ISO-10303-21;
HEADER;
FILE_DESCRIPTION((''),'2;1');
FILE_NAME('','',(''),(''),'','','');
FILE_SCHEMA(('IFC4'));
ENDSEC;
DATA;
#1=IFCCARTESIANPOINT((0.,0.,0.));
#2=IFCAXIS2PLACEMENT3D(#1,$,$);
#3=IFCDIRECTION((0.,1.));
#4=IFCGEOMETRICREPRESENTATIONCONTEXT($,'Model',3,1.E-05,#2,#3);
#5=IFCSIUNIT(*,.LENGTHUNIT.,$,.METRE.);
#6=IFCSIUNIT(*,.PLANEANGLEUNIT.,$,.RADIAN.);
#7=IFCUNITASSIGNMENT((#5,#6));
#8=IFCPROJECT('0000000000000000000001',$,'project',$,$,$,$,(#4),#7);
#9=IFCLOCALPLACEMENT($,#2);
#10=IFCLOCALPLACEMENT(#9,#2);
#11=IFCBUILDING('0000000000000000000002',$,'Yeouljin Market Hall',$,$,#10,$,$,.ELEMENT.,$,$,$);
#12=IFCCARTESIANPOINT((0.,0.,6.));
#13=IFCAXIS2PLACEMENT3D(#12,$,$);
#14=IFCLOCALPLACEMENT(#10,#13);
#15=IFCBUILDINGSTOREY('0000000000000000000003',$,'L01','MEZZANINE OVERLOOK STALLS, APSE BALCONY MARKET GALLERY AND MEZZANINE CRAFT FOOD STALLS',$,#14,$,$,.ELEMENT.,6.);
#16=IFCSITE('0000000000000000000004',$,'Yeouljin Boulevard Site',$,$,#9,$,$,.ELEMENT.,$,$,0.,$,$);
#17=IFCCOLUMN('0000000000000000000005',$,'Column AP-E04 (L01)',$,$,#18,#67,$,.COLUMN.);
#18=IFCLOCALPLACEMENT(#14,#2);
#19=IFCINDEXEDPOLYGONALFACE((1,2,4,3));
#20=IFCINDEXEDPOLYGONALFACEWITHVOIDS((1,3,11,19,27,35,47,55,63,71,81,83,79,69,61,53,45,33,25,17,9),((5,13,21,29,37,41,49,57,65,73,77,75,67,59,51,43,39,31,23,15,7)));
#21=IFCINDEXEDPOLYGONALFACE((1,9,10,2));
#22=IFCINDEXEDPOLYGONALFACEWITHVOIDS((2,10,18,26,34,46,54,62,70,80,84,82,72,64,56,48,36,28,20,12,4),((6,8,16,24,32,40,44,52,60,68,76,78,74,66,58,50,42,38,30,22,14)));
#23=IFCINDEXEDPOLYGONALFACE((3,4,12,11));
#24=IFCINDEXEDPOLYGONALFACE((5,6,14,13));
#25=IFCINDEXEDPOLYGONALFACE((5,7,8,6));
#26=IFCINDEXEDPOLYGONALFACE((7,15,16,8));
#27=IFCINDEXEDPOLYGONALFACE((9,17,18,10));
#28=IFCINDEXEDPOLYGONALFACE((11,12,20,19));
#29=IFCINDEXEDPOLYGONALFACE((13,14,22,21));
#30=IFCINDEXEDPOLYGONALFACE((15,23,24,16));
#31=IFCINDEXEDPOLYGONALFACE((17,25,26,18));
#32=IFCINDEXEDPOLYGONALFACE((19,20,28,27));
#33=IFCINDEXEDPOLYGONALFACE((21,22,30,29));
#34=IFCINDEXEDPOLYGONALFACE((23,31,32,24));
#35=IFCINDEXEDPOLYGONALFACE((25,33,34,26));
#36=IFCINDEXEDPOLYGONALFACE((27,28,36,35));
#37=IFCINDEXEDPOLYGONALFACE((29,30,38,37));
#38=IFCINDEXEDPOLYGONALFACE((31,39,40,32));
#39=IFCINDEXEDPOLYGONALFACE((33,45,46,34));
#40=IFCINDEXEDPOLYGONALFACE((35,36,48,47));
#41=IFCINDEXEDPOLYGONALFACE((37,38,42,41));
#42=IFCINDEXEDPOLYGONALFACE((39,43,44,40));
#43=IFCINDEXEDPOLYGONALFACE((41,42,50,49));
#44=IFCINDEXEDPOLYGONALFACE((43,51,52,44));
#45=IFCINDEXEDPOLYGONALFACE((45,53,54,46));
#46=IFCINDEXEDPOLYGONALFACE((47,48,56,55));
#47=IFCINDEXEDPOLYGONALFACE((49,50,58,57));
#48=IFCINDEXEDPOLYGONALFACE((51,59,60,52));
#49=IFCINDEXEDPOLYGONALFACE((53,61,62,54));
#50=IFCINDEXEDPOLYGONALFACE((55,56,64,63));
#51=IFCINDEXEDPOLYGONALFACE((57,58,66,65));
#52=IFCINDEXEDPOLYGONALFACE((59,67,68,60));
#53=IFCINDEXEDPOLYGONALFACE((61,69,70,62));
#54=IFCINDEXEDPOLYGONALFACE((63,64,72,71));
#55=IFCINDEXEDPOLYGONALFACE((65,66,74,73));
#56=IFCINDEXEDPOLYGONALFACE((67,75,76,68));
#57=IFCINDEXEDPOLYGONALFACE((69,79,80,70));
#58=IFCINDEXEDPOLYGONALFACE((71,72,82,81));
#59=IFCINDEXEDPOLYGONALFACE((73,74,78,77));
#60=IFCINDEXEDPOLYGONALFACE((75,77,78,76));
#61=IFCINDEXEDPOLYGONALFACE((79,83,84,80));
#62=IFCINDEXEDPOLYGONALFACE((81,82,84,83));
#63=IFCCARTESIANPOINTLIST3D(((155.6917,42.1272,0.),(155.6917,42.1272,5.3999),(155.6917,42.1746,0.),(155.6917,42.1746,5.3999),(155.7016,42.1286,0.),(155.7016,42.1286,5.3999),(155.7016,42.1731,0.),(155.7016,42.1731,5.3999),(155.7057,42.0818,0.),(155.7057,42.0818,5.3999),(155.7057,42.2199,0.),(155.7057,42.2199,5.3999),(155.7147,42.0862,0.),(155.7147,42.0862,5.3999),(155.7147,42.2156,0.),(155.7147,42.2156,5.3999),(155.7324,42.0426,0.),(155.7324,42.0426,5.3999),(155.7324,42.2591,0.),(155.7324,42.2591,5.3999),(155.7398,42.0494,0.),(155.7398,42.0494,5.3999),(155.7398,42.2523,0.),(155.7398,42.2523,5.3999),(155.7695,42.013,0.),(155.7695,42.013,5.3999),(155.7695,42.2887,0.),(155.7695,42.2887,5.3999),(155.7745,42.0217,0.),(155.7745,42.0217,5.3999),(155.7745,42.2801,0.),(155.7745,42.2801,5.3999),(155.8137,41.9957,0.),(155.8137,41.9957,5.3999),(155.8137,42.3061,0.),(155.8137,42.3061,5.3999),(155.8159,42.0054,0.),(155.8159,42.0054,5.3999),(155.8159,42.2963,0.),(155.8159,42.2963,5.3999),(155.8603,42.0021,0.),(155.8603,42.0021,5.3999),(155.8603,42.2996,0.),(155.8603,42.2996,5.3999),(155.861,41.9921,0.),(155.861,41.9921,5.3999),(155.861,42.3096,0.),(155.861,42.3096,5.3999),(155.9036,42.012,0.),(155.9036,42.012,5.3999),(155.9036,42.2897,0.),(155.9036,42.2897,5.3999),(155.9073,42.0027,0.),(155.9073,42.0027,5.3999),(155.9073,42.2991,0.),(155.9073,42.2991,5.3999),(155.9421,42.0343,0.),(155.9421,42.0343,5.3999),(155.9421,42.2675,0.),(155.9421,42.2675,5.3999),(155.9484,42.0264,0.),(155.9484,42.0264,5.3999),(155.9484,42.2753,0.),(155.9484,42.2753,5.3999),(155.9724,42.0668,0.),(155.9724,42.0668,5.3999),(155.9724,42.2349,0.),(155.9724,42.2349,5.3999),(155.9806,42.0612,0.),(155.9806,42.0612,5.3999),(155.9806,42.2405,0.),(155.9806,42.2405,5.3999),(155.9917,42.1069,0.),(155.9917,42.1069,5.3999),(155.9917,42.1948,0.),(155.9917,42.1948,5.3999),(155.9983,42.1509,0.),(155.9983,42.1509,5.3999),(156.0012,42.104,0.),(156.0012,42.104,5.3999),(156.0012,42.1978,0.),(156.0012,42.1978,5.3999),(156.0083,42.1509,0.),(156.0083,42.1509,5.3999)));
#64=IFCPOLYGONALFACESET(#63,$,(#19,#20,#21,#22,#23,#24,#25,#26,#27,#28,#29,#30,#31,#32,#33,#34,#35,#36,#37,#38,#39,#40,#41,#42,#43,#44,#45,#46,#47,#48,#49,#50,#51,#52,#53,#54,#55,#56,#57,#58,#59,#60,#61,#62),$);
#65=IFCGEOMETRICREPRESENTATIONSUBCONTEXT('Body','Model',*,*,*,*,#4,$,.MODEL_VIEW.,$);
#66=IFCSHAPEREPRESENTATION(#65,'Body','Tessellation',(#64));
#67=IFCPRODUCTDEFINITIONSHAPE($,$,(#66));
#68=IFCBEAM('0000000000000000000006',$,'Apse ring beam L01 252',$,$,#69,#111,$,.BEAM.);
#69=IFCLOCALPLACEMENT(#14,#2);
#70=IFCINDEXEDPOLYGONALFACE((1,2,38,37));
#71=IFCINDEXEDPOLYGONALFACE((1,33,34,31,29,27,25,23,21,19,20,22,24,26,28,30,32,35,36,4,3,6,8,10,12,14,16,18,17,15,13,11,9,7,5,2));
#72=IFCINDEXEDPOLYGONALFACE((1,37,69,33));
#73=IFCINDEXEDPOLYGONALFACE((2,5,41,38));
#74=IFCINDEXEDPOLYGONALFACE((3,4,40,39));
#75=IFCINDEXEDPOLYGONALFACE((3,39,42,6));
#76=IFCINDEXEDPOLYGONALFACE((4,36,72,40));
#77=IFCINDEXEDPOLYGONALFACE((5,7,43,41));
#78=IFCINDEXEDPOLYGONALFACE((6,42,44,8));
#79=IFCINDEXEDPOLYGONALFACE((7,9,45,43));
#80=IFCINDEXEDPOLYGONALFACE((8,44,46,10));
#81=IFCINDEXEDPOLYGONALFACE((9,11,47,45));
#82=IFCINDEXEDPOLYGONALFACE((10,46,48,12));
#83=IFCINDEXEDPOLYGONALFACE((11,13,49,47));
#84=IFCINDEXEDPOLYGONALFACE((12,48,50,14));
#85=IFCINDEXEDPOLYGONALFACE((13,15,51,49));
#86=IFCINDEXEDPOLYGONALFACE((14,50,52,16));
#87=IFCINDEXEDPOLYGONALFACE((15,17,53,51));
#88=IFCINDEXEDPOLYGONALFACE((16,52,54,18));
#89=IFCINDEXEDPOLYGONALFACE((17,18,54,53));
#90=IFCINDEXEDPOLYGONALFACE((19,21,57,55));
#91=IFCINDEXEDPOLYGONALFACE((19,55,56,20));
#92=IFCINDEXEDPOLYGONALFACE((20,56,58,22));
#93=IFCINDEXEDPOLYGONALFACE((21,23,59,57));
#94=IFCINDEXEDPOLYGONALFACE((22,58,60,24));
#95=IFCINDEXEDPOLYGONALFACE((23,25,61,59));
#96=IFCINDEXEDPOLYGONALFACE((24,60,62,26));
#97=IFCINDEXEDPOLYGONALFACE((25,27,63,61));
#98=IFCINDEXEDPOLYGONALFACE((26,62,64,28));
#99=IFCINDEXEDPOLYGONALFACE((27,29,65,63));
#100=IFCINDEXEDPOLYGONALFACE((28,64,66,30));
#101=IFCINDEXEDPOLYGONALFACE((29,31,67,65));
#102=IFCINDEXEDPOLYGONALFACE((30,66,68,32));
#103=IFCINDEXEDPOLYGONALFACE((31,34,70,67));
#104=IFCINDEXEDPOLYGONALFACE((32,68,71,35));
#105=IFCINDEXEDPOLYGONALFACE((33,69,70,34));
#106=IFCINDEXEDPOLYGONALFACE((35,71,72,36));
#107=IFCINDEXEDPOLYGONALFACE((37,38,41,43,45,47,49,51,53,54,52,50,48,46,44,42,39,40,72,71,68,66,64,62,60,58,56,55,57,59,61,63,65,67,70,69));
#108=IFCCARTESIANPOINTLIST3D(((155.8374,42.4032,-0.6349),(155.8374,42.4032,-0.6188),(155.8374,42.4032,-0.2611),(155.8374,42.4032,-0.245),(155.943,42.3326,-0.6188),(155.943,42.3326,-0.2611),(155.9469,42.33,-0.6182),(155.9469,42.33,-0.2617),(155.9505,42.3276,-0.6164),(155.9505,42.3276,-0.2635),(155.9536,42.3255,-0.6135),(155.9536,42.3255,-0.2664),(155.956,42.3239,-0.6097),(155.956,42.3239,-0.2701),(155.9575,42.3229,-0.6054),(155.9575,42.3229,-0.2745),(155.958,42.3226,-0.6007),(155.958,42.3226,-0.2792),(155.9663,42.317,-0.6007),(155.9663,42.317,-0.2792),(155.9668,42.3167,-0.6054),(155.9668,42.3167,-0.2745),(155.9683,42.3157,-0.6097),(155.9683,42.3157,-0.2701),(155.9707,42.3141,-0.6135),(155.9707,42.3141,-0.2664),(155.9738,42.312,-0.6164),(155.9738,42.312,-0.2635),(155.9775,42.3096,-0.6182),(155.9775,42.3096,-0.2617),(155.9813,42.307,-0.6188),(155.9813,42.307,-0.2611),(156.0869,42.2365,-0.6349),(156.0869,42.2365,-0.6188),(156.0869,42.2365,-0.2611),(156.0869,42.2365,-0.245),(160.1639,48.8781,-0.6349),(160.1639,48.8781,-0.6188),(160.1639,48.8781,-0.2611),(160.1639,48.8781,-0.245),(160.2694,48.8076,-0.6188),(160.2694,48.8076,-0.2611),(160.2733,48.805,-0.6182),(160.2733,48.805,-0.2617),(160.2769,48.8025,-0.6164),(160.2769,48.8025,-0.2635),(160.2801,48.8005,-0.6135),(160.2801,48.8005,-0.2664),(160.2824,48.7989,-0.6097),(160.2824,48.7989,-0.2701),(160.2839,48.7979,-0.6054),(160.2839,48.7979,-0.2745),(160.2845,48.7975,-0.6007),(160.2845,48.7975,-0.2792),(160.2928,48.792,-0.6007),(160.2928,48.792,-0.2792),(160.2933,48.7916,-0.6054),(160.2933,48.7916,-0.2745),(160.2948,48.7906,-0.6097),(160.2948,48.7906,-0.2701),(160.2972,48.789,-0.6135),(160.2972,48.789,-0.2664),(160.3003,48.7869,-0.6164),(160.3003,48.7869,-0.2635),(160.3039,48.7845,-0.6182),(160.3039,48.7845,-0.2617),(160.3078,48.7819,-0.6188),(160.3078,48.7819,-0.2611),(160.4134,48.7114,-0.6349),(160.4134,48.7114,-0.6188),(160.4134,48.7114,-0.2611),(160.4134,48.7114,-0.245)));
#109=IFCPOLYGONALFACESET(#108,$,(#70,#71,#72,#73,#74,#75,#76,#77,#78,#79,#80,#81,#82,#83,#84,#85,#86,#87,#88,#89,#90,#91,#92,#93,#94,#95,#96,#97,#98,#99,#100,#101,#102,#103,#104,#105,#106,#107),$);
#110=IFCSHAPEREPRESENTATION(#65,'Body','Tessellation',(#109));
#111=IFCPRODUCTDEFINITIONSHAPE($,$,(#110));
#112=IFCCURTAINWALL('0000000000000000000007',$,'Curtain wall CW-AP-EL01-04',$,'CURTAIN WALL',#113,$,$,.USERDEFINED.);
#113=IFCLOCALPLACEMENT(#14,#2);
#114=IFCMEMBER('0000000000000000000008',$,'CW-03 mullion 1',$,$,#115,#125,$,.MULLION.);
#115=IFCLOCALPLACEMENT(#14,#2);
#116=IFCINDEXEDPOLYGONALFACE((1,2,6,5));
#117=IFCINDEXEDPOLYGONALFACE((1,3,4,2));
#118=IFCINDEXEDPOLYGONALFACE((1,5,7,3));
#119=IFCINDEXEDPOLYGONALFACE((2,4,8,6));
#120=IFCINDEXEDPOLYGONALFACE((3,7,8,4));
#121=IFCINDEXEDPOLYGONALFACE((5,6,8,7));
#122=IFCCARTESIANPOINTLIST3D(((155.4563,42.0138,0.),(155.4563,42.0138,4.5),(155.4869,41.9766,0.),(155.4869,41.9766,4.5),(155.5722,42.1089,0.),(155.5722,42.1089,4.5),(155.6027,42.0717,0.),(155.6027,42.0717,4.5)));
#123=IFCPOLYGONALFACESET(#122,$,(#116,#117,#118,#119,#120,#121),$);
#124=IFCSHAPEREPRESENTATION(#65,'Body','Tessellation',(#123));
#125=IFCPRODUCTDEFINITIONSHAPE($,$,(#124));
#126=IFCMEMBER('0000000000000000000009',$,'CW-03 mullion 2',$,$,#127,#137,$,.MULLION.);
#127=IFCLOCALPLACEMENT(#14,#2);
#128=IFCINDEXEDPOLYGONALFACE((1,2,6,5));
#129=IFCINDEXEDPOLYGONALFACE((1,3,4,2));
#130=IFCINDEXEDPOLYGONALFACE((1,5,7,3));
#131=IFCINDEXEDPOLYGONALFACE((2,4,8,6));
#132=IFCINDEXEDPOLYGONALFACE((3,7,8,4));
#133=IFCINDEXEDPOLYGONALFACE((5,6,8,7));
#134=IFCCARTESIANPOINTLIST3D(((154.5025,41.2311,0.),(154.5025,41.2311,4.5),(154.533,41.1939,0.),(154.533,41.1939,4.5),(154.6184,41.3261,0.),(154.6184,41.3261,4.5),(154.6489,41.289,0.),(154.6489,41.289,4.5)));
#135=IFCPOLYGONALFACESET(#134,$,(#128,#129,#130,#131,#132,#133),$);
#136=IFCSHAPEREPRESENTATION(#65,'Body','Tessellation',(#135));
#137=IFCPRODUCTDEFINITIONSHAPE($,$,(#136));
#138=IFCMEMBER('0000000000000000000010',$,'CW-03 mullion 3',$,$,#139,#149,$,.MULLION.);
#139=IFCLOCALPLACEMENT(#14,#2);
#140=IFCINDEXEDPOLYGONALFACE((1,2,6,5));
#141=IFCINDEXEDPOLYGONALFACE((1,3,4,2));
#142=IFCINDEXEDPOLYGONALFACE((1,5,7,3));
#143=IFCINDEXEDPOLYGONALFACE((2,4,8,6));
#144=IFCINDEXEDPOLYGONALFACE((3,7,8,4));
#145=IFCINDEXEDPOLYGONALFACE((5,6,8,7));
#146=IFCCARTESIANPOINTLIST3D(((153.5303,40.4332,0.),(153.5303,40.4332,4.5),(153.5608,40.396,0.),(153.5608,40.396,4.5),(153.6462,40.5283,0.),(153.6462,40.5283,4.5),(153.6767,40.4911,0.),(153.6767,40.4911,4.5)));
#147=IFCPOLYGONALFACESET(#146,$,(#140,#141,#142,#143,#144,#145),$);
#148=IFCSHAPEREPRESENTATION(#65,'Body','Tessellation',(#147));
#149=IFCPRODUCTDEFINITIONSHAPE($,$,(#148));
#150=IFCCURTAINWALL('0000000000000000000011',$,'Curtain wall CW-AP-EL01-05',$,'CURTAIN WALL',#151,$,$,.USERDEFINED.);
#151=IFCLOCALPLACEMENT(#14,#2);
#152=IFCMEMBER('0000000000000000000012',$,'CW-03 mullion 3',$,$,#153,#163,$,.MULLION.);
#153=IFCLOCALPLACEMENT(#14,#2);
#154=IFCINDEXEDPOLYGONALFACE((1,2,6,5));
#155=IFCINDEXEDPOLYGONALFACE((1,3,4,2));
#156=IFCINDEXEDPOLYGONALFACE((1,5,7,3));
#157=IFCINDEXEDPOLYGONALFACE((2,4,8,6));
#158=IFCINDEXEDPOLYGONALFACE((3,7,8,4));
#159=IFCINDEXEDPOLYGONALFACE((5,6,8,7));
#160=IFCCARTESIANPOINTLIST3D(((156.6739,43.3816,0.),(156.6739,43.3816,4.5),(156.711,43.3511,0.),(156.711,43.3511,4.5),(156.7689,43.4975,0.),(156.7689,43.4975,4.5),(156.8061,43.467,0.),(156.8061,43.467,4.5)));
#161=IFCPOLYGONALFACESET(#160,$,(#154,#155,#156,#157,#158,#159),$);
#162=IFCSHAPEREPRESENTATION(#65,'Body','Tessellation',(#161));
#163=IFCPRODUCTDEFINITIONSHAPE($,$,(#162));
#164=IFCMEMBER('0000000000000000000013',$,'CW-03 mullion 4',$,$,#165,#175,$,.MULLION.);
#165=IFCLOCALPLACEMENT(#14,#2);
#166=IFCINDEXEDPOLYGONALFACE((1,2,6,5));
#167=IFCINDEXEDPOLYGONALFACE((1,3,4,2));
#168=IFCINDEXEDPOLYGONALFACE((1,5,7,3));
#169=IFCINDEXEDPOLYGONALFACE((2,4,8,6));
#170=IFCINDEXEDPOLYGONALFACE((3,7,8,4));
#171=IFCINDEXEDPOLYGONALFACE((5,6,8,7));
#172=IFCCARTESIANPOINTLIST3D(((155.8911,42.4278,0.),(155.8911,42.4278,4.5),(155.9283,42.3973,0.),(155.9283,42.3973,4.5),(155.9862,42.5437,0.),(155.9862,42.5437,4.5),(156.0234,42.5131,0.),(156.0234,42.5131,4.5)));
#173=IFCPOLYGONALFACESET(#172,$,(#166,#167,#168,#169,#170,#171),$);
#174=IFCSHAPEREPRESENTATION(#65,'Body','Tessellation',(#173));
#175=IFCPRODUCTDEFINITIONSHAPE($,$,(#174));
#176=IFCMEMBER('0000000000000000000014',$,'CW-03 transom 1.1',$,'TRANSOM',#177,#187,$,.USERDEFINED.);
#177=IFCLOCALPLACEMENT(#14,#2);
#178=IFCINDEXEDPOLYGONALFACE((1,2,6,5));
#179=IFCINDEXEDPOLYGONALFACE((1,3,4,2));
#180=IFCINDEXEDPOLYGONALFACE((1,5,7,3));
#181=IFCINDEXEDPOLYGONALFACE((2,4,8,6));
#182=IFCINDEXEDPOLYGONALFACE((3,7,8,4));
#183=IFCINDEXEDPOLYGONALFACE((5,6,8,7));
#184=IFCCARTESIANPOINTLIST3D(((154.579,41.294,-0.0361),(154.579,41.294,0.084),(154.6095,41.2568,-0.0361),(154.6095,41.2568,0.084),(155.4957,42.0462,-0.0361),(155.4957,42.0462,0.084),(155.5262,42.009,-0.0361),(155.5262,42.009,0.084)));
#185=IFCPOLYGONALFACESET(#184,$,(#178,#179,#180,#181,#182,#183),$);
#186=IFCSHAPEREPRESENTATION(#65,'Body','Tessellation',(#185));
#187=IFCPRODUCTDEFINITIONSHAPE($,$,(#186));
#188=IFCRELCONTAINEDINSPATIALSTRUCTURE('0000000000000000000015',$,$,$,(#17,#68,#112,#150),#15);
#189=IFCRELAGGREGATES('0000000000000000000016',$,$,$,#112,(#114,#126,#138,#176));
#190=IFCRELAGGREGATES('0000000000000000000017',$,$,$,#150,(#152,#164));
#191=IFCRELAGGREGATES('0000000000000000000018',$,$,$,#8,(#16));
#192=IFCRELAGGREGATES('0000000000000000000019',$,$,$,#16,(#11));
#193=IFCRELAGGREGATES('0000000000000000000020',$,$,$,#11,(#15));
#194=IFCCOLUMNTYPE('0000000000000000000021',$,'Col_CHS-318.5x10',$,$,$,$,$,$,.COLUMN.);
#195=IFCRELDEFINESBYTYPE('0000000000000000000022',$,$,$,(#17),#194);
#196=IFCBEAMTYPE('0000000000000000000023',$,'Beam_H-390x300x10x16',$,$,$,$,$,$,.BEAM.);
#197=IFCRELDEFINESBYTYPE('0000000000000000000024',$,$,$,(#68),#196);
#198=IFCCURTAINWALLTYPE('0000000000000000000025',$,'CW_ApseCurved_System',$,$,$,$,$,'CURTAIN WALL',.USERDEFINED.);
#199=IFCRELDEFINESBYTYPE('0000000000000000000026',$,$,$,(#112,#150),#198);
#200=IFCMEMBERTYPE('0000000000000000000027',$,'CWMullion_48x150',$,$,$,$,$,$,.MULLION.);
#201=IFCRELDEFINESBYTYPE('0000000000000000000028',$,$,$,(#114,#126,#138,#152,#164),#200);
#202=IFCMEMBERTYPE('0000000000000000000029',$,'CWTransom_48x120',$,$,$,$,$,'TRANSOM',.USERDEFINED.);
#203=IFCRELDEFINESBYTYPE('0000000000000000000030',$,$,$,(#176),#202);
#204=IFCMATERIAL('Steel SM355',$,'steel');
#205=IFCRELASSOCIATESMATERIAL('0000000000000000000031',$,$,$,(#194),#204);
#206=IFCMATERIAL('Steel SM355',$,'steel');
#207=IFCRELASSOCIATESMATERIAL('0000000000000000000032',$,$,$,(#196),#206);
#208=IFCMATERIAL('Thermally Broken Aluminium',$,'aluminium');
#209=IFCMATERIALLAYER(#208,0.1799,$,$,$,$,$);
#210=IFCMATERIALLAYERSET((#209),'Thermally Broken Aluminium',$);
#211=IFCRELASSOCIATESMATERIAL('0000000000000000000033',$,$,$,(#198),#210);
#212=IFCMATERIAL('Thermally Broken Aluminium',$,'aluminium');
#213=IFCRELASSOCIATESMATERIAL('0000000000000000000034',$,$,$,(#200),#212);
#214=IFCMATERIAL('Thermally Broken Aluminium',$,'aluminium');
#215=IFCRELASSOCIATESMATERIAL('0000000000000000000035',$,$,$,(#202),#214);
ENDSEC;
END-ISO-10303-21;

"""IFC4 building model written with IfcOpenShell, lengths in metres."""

from ifc_helpers import new_model, si_unit, direction, frame, origin, origin_2d, place, context, subcontext, project, spatial, rectangle, hollow_circle, i_section, extrude, material, layer, layer_set, material_profile, profile_set, type_object, element, aggregate, save


model = new_model("IFC4")

# Units and contexts
model_context = context("Model", 3, precision=1e-05, world=origin(), true_north=direction((0.0, 1.0)))
body_context = subcontext(model_context, "Body", "Model", "MODEL_VIEW")
ifc_project = project(units=[si_unit("LENGTHUNIT", "METRE"), si_unit("PLANEANGLEUNIT", "RADIAN")], contexts=[model_context])

# Site, building, storey
site_placement = place(None, origin())
site = spatial("IfcSite", under=ifc_project, at=site_placement, Name="Yeouljin Boulevard Site", CompositionType="ELEMENT", RefElevation=0.0)
building_placement = place(site_placement, origin())
building = spatial("IfcBuilding", under=site, at=building_placement, Name="Yeouljin Market Hall", CompositionType="ELEMENT")
storey_placement = place(building_placement, frame((0.0, 0.0, 6.0)))
storey = spatial("IfcBuildingStorey", under=building, at=storey_placement, Name="L01", Description="MEZZANINE OVERLOOK STALLS, APSE BALCONY MARKET GALLERY AND MEZZANINE CRAFT FOOD STALLS", CompositionType="ELEMENT", Elevation=6.0)

# Column
ifc_material_1 = material(Name="Steel SM355", Category="steel")
ifc_material_profile_1 = material_profile(ifc_material_1, hollow_circle(Radius=0.1592, WallThickness=0.01, at=origin_2d()), Name="CHS-318.5x10")
ifc_profile_set_1 = profile_set([ifc_material_profile_1], Name="Steel SM355")
column_type = type_object("IfcColumnType", Name="Col_CHS-318.5x10", PredefinedType="COLUMN", material=ifc_profile_set_1)
column_placement = place(storey_placement, frame((155.8491, 42.1509, 0.0), z_axis=(0.0, 0.0, 1.0), x_axis=(1.0, 0.0, 0.0)))
element("IfcColumn", 1, at=column_placement, inside=storey, type_object=column_type, Name="Column AP-E04 (L01)", PredefinedType="COLUMN", context=body_context, shape_type="SweptSolid", body=[
    extrude(hollow_circle(Radius=0.1592, WallThickness=0.01, at=origin_2d()), origin(), (0.0, 0.0, 1.0), 5.3999),
])

# Beam
ifc_material_2 = material(Name="Steel SM355", Category="steel")
ifc_material_profile_2 = material_profile(ifc_material_2, i_section(OverallWidth=0.3, OverallDepth=0.3899, WebThickness=0.01, FlangeThickness=0.0161, FilletRadius=0.0181, at=origin_2d()), Name="H-390x300x10x16")
ifc_profile_set_2 = profile_set([ifc_material_profile_2], Name="Steel SM355")
beam_type = type_object("IfcBeamType", Name="Beam_H-390x300x10x16", PredefinedType="BEAM", material=ifc_profile_set_2)
beam_placement = place(storey_placement, frame((155.9622, 42.3198, -0.4399), z_axis=(0.555575, 0.831466, 0.0), x_axis=(-0.831466, 0.555575, 0.0)))
element("IfcBeam", 2, at=beam_placement, inside=storey, type_object=beam_type, Name="Apse ring beam L01 252", PredefinedType="BEAM", context=body_context, shape_type="SweptSolid", body=[
    extrude(i_section(OverallWidth=0.3, OverallDepth=0.3899, WebThickness=0.01, FlangeThickness=0.0161, FilletRadius=0.0181, at=origin_2d()), origin(), (0.0, 0.0, 1.0), 7.7874),
])

# Curtain walls, members
ifc_material_3 = material(Name="Thermally Broken Aluminium", Category="aluminium")
ifc_layer_1 = layer(ifc_material_3, 0.1799)
ifc_layer_set_1 = layer_set([ifc_layer_1], Name="Thermally Broken Aluminium")
curtain_wall_type = type_object("IfcCurtainWallType", Name="CW_ApseCurved_System", ElementType="CURTAIN WALL", PredefinedType="USERDEFINED", material=ifc_layer_set_1)
curtain_wall_1_placement = place(storey_placement, origin())
curtain_wall_1 = element("IfcCurtainWall", 3, at=curtain_wall_1_placement, inside=storey, type_object=curtain_wall_type, Name="Curtain wall CW-AP-EL01-04", ObjectType="CURTAIN WALL", PredefinedType="USERDEFINED")
ifc_material_4 = material(Name="Thermally Broken Aluminium", Category="aluminium")
ifc_material_profile_3 = material_profile(ifc_material_4, rectangle(XDim=0.0481, YDim=0.1499, at=origin_2d()), Name="CW-MULL-48x150")
ifc_profile_set_3 = profile_set([ifc_material_profile_3], Name="Thermally Broken Aluminium")
member_type_1 = type_object("IfcMemberType", Name="CWMullion_48x150", PredefinedType="MULLION", material=ifc_profile_set_3)
member_1_placement = place(storey_placement, frame((155.5295, 42.0427, 0.0), z_axis=(0.0, 0.0, 1.0), x_axis=(0.634384, -0.773018, 0.0)))
member_1 = element("IfcMember", 4, at=member_1_placement, type_object=member_type_1, Name="CW-03 mullion 1", PredefinedType="MULLION", context=body_context, shape_type="SweptSolid", body=[
    extrude(rectangle(XDim=0.0481, YDim=0.1499, at=origin_2d()), origin(), (0.0, 0.0, 1.0), 4.5),
])
member_2_placement = place(storey_placement, frame((154.5757, 41.26, 0.0), z_axis=(0.0, 0.0, 1.0), x_axis=(0.634384, -0.773018, 0.0)))
member_2 = element("IfcMember", 5, at=member_2_placement, type_object=member_type_1, Name="CW-03 mullion 2", PredefinedType="MULLION", context=body_context, shape_type="SweptSolid", body=[
    extrude(rectangle(XDim=0.0481, YDim=0.1499, at=origin_2d()), origin(), (0.0, 0.0, 1.0), 4.5),
])
member_3_placement = place(storey_placement, frame((153.6035, 40.4622, 0.0), z_axis=(0.0, 0.0, 1.0), x_axis=(0.634384, -0.773018, 0.0)))
member_3 = element("IfcMember", 6, at=member_3_placement, type_object=member_type_1, Name="CW-03 mullion 3", PredefinedType="MULLION", context=body_context, shape_type="SweptSolid", body=[
    extrude(rectangle(XDim=0.0481, YDim=0.1499, at=origin_2d()), origin(), (0.0, 0.0, 1.0), 4.5),
])
curtain_wall_2_placement = place(storey_placement, origin())
curtain_wall_2 = element("IfcCurtainWall", 7, at=curtain_wall_2_placement, inside=storey, type_object=curtain_wall_type, Name="Curtain wall CW-AP-EL01-05", ObjectType="CURTAIN WALL", PredefinedType="USERDEFINED")
member_4_placement = place(storey_placement, frame((156.74, 43.4243, 0.0), z_axis=(0.0, 0.0, 1.0), x_axis=(0.773018, -0.634384, 0.0)))
member_4 = element("IfcMember", 8, at=member_4_placement, type_object=member_type_1, Name="CW-03 mullion 3", PredefinedType="MULLION", context=body_context, shape_type="SweptSolid", body=[
    extrude(rectangle(XDim=0.0481, YDim=0.1499, at=origin_2d()), origin(), (0.0, 0.0, 1.0), 4.5),
])
member_5_placement = place(storey_placement, frame((155.9573, 42.4705, 0.0), z_axis=(0.0, 0.0, 1.0), x_axis=(0.773018, -0.634384, 0.0)))
member_5 = element("IfcMember", 9, at=member_5_placement, type_object=member_type_1, Name="CW-03 mullion 4", PredefinedType="MULLION", context=body_context, shape_type="SweptSolid", body=[
    extrude(rectangle(XDim=0.0481, YDim=0.1499, at=origin_2d()), origin(), (0.0, 0.0, 1.0), 4.5),
])

# Member
ifc_material_5 = material(Name="Thermally Broken Aluminium", Category="aluminium")
ifc_material_profile_4 = material_profile(ifc_material_5, rectangle(XDim=0.0481, YDim=0.1201, at=origin_2d()), Name="CW-TRAN-48x120")
ifc_profile_set_4 = profile_set([ifc_material_profile_4], Name="Thermally Broken Aluminium")
member_type_2 = type_object("IfcMemberType", Name="CWTransom_48x120", ElementType="TRANSOM", PredefinedType="USERDEFINED", material=ifc_profile_set_4)
member_6_placement = place(storey_placement, frame((155.511, 42.0276, 0.0239), z_axis=(-0.773076, -0.634313, 0.0), x_axis=(0.634313, -0.773076, 0.0)))
member_6 = element("IfcMember", 10, at=member_6_placement, type_object=member_type_2, Name="CW-03 transom 1.1", ObjectType="TRANSOM", PredefinedType="USERDEFINED", context=body_context, shape_type="SweptSolid", body=[
    extrude(rectangle(XDim=0.0481, YDim=0.1201, at=origin_2d()), origin(), (0.0, 0.0, 1.0), 1.1858),
])

aggregate(curtain_wall_1, [member_1, member_2, member_3, member_6])
aggregate(curtain_wall_2, [member_4, member_5])

save(model, "model.ifc")
